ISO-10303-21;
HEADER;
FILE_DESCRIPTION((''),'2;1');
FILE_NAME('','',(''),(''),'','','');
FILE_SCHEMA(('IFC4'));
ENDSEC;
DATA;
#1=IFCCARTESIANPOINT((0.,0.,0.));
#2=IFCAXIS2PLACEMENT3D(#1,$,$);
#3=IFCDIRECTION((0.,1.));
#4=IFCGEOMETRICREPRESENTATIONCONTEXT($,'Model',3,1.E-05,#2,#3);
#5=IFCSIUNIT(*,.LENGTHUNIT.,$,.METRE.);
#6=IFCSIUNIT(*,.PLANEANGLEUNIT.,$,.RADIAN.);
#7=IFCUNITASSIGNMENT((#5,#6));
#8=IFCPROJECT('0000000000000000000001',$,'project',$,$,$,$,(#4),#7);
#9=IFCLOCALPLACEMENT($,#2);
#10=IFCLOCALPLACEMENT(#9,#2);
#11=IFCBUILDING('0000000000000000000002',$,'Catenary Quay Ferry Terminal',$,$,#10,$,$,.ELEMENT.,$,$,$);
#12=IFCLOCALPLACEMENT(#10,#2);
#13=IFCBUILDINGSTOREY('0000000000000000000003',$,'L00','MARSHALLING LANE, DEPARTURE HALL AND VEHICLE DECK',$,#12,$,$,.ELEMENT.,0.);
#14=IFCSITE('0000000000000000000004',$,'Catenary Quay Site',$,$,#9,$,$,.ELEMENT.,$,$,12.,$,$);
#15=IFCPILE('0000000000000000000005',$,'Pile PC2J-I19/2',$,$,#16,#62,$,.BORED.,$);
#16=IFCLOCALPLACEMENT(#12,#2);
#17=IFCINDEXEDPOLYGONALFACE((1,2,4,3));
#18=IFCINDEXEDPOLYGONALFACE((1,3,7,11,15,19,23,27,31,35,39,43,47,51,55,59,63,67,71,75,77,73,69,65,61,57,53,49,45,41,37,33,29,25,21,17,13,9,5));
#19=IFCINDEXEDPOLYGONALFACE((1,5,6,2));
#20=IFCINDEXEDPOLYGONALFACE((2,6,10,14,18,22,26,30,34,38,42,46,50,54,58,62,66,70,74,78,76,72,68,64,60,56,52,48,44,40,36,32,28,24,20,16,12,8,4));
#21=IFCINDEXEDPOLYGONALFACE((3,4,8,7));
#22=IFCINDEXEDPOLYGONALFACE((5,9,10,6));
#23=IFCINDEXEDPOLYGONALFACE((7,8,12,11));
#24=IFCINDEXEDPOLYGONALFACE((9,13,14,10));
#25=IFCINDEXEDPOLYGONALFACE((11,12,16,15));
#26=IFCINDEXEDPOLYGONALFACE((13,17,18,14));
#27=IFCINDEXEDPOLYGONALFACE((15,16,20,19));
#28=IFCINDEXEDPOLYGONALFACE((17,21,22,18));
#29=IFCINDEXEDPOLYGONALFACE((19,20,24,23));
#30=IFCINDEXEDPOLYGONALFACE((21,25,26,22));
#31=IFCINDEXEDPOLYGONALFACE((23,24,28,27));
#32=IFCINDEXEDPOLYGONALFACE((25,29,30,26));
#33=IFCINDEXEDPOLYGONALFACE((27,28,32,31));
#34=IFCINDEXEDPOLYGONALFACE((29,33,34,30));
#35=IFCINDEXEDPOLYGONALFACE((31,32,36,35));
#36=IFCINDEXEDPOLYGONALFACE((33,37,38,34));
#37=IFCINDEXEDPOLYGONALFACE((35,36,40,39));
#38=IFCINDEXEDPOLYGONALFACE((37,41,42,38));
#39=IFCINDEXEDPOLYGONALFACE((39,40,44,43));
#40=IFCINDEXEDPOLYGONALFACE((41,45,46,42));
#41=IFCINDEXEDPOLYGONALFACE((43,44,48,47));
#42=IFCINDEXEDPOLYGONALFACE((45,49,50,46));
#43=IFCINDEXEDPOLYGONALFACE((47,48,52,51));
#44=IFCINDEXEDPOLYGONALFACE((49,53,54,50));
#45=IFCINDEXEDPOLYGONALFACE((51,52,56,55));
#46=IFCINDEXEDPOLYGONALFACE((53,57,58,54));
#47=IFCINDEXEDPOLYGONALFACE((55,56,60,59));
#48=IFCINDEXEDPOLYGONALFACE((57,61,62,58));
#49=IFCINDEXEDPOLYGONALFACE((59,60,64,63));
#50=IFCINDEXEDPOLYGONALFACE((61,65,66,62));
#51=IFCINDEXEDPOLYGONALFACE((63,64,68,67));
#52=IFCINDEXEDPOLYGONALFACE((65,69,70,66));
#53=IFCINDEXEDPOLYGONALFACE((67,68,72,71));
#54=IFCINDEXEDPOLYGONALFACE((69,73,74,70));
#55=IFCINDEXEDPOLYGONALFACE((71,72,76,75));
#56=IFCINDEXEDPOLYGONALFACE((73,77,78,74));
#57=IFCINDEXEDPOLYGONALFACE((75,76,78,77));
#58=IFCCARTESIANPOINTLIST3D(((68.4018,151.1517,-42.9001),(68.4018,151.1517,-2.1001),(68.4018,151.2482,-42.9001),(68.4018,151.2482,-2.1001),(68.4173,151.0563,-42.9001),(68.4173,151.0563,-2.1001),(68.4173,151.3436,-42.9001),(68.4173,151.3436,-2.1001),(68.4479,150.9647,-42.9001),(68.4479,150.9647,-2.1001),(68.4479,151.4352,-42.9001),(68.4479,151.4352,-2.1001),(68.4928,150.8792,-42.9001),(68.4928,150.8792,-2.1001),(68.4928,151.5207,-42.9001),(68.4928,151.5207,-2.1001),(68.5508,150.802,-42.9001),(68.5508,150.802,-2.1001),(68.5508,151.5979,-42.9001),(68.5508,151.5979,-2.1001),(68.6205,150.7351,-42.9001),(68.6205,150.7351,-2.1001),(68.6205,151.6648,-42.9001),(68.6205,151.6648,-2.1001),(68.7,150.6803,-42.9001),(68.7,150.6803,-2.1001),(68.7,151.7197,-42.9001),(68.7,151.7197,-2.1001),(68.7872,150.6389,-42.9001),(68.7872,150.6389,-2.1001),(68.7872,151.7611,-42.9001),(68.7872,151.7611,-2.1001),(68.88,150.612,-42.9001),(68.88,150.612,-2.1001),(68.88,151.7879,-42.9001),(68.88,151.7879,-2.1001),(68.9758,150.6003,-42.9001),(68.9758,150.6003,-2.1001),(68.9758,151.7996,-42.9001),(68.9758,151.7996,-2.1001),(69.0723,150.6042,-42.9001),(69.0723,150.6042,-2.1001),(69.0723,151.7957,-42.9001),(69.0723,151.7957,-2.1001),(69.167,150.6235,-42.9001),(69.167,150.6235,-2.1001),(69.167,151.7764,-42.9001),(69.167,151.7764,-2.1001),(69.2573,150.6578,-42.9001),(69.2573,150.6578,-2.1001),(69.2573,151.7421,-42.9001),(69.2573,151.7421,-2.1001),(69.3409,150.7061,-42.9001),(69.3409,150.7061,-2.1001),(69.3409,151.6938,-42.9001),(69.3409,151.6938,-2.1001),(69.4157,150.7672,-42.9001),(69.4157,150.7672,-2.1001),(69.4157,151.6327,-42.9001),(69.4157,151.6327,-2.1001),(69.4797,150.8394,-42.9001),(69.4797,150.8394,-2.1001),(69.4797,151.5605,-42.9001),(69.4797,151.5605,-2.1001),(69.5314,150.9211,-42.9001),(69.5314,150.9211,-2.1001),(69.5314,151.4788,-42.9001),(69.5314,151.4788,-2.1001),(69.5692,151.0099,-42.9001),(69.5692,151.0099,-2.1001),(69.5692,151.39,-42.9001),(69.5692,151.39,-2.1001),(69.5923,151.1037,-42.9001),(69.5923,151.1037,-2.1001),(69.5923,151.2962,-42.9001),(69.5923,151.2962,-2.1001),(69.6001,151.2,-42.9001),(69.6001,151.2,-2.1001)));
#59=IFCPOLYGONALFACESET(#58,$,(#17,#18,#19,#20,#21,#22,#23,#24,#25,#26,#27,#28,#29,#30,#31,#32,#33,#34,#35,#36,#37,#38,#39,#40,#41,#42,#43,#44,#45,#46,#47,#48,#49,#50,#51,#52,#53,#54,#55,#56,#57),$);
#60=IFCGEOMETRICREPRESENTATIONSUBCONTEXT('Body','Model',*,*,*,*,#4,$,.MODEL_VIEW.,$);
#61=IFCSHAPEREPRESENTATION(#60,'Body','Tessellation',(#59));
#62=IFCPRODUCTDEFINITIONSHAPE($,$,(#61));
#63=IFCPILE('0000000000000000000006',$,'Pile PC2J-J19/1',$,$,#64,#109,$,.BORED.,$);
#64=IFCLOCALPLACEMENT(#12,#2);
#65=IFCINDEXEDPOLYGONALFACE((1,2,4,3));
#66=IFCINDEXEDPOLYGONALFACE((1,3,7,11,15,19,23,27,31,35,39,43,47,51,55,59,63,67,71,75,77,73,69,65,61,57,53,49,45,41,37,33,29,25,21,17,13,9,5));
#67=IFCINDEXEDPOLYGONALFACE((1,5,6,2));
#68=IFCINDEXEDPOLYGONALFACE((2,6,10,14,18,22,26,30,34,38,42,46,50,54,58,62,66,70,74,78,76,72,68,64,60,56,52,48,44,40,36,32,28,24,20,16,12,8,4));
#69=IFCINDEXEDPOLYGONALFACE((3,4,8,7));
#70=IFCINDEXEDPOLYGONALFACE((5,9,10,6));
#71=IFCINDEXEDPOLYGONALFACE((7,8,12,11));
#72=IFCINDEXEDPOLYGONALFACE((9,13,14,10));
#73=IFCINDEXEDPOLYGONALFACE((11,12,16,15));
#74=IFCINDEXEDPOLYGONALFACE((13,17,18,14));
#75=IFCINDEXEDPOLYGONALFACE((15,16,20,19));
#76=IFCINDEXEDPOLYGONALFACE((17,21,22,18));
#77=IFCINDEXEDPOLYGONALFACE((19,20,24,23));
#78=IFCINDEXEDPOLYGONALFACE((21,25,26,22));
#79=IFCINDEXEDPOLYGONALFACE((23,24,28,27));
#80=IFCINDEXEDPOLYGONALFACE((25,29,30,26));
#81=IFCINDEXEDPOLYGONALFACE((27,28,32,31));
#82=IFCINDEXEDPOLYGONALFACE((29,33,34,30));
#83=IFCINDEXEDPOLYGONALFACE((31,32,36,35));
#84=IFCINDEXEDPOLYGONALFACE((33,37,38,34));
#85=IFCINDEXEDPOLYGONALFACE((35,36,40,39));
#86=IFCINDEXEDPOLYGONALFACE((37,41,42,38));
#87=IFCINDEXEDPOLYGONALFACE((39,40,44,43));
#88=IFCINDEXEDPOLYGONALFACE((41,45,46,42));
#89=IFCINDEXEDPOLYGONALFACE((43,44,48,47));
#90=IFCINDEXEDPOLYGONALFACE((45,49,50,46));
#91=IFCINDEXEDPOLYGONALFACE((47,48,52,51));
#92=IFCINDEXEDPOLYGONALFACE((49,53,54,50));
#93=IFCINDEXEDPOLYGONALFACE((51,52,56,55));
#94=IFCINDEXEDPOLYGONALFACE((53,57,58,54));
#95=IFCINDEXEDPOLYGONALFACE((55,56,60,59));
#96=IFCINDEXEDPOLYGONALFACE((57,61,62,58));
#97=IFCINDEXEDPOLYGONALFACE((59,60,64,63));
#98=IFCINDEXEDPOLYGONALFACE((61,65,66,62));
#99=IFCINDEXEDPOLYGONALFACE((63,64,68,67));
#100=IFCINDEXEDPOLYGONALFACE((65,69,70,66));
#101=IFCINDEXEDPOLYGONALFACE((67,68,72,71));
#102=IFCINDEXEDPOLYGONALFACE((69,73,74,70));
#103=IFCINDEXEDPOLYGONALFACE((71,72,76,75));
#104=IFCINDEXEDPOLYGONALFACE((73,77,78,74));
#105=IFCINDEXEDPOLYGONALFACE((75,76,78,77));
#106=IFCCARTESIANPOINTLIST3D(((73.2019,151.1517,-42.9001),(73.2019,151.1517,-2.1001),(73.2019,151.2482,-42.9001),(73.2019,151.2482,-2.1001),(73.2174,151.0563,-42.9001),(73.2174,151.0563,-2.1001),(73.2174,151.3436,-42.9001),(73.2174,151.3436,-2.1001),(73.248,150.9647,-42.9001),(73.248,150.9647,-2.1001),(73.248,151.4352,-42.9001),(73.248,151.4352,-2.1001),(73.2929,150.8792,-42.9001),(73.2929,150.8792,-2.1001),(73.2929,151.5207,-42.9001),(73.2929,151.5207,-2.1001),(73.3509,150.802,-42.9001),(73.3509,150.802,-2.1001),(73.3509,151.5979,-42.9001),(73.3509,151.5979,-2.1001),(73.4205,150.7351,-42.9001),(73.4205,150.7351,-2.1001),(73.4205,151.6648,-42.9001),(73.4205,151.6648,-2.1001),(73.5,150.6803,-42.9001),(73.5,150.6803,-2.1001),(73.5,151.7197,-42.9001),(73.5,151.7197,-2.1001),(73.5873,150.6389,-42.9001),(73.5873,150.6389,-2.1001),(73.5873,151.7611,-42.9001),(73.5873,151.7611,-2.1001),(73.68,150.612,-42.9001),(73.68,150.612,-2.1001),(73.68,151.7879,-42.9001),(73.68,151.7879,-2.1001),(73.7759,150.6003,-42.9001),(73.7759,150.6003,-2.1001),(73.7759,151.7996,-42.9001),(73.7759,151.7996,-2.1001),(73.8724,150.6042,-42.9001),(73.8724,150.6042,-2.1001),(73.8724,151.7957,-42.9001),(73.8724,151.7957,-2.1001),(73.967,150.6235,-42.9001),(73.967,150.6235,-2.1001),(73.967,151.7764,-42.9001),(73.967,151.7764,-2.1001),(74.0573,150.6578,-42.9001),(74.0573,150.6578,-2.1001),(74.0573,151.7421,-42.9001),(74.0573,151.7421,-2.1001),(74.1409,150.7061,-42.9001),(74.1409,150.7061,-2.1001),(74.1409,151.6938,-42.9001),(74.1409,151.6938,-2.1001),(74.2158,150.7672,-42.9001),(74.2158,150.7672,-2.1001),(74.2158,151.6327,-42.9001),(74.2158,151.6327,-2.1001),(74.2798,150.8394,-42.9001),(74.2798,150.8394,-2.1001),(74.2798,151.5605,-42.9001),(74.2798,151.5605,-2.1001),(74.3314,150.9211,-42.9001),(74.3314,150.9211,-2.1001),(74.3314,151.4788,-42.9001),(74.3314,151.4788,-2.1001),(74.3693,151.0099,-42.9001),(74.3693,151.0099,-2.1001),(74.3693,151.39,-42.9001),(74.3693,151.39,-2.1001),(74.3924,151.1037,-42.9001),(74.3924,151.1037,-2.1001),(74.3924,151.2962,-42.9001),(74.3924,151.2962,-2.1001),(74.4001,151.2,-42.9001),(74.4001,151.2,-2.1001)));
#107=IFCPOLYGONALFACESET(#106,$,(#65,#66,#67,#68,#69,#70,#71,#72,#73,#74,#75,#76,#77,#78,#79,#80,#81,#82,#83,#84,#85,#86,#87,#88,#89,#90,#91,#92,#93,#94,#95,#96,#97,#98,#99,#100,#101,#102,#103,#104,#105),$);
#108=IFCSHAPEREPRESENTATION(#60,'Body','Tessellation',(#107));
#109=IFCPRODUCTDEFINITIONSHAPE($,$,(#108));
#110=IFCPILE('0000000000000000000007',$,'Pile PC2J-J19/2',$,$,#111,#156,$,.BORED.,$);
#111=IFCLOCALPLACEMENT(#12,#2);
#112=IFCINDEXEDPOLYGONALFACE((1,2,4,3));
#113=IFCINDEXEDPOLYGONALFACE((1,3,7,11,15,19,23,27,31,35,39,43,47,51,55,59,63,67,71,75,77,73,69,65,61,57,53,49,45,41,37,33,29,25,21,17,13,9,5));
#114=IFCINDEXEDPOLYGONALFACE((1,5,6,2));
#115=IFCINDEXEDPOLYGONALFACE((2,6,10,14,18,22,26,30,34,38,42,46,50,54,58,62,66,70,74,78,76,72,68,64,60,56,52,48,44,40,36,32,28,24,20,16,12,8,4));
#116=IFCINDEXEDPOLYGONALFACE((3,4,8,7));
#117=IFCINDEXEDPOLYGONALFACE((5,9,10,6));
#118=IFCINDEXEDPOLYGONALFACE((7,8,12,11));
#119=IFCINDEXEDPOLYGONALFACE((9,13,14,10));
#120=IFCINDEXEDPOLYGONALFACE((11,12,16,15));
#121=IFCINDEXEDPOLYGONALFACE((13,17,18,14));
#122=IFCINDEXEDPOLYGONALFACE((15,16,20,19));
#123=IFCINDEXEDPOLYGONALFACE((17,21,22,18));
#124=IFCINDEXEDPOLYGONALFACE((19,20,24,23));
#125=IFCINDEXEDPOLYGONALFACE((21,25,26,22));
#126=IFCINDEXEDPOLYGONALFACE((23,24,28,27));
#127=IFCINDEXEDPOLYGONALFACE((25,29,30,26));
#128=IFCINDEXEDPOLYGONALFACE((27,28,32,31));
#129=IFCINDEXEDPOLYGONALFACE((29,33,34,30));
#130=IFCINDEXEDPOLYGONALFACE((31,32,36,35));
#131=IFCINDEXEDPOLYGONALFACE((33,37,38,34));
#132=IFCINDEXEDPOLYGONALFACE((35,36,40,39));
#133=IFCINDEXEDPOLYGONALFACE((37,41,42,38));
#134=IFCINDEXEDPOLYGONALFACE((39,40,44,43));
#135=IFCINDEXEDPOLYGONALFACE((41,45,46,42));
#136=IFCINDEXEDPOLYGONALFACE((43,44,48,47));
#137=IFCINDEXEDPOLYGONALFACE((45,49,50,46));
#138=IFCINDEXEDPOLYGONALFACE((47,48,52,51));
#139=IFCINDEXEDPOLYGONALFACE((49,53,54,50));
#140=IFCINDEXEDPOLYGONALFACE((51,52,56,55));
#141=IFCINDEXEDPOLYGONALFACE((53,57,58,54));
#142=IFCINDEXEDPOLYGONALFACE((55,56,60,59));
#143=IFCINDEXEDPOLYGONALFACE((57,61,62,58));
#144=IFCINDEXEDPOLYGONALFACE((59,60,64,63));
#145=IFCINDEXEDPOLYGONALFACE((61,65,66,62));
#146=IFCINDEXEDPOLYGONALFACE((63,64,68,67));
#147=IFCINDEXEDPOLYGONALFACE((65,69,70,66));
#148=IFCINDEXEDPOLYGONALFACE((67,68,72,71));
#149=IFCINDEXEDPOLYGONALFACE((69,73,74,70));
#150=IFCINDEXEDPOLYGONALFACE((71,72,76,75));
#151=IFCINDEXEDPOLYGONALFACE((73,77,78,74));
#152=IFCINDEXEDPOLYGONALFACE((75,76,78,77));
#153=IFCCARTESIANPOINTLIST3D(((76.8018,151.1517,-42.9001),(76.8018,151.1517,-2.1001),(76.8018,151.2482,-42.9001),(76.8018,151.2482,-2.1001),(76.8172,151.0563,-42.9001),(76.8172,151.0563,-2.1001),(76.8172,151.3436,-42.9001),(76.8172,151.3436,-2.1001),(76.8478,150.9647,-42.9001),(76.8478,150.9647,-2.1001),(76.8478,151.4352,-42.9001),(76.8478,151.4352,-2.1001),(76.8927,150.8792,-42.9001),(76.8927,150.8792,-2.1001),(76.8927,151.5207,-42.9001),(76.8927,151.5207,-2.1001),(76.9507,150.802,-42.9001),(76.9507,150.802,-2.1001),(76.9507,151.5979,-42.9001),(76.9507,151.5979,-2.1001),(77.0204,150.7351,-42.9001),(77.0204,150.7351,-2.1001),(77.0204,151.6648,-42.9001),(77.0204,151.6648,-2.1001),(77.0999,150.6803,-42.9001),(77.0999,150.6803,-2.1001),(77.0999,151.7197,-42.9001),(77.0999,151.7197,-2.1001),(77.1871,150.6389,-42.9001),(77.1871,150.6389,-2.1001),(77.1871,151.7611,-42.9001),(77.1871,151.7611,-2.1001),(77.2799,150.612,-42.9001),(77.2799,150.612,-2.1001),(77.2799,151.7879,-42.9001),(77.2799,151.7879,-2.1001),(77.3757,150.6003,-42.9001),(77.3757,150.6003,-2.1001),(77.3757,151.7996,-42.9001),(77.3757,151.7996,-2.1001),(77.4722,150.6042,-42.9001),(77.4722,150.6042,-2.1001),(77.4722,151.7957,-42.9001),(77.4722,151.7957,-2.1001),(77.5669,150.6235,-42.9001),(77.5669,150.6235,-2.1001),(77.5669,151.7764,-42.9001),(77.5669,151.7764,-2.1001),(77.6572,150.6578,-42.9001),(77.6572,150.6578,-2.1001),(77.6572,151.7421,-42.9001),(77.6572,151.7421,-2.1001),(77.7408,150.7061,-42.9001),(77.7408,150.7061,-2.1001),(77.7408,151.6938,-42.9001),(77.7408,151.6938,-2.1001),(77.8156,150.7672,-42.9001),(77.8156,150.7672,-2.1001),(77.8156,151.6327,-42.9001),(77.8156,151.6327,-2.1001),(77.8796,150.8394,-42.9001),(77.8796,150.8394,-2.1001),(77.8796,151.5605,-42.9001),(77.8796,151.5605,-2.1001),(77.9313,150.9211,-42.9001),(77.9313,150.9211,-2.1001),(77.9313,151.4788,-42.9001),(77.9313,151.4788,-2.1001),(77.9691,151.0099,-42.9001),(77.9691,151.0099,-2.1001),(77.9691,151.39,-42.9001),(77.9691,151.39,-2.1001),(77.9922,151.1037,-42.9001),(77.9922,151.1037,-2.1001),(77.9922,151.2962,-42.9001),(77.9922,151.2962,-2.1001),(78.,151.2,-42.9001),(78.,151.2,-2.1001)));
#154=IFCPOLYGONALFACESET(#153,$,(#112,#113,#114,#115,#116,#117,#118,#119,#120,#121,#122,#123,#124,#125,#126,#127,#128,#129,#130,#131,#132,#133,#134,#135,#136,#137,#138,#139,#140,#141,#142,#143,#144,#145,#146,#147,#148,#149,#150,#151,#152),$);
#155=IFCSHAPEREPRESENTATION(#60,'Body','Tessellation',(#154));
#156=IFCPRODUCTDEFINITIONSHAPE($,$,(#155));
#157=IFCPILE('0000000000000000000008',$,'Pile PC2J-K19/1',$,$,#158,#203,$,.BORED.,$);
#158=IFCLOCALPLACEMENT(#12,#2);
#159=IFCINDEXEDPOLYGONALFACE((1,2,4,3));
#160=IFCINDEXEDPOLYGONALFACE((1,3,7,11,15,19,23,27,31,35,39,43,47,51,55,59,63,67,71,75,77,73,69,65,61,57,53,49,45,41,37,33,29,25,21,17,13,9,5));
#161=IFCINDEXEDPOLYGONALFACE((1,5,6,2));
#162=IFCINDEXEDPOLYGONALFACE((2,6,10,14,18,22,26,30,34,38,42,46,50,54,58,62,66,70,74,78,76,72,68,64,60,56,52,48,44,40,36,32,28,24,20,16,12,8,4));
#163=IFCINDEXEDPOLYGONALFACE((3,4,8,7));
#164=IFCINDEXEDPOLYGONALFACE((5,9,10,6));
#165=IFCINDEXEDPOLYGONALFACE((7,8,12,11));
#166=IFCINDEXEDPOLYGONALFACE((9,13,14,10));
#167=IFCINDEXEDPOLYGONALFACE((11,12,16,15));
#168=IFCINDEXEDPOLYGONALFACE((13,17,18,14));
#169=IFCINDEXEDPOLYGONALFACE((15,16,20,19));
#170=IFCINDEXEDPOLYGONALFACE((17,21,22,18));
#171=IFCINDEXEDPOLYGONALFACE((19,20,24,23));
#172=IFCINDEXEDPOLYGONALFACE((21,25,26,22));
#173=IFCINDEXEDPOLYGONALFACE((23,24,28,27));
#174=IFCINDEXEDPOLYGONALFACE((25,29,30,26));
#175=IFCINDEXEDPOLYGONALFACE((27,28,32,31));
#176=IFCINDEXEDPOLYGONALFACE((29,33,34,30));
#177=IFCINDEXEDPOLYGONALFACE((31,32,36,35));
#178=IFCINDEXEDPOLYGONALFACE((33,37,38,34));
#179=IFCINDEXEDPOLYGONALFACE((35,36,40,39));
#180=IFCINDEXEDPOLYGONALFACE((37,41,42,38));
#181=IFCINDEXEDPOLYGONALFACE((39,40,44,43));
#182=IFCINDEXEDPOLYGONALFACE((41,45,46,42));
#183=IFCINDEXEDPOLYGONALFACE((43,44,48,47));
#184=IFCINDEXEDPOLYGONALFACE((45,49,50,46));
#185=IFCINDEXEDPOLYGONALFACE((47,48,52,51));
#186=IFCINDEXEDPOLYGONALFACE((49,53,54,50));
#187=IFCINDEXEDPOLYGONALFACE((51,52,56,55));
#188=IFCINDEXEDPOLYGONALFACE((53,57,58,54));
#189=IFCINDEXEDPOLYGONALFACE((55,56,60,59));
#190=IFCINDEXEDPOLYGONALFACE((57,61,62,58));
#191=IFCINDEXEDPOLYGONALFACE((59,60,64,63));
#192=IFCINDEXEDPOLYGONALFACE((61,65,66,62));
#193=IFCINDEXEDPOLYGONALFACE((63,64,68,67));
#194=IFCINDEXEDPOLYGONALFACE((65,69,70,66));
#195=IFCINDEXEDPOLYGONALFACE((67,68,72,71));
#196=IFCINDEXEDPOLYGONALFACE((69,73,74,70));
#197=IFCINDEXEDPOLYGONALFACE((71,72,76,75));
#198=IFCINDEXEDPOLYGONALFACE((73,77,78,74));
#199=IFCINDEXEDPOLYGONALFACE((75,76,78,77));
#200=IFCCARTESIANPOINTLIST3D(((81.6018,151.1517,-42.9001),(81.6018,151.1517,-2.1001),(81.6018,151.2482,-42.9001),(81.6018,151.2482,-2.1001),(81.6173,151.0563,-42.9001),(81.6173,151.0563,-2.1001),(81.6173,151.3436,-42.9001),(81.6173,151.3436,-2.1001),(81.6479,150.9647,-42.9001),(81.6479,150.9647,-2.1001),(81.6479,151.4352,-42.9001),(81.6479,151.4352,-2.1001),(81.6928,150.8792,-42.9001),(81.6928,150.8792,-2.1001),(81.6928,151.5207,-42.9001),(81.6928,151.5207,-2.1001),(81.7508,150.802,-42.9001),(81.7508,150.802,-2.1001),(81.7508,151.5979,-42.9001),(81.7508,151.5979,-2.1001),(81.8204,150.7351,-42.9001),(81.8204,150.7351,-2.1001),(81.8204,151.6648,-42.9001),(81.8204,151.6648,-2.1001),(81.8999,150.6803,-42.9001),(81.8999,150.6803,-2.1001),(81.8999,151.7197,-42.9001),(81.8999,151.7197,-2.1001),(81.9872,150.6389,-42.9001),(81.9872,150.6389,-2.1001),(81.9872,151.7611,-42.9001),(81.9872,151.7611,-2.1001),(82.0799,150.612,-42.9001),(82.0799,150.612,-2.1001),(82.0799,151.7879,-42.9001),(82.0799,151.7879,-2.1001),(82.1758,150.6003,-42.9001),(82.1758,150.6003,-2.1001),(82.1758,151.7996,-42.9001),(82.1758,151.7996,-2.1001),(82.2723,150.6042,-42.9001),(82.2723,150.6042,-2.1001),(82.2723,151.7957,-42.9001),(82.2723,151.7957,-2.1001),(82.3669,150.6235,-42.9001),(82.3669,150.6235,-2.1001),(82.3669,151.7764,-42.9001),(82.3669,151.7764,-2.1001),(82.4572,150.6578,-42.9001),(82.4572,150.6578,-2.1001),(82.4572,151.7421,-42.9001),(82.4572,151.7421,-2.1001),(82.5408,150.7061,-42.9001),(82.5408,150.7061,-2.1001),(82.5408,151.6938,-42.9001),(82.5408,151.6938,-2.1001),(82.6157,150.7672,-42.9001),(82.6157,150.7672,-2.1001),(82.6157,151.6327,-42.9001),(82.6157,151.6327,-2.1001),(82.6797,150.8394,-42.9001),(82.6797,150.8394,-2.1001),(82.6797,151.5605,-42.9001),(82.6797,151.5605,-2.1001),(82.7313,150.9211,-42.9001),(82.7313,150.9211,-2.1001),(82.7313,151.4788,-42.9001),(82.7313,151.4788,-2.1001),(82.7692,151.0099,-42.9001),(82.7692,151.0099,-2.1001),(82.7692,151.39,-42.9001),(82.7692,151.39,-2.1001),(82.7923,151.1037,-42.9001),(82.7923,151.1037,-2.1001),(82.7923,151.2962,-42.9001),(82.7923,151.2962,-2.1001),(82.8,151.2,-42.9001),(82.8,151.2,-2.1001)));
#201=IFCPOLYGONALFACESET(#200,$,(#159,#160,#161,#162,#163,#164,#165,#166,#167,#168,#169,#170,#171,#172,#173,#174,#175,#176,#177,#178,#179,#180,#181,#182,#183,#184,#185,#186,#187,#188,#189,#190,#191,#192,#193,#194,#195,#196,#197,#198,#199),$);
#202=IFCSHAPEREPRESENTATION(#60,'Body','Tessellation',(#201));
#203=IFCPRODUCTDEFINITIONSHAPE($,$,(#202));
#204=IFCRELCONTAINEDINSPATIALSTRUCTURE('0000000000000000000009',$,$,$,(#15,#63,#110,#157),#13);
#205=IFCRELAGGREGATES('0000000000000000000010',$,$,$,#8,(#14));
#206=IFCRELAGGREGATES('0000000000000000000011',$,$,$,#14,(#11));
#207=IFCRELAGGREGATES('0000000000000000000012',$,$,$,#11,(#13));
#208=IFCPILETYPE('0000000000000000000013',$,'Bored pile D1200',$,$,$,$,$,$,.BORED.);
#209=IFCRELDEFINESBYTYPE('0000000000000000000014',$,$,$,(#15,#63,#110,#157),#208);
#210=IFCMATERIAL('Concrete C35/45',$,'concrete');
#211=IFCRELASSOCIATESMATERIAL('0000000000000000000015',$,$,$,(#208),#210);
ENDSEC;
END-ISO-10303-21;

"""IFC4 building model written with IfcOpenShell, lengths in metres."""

from ifc_helpers import new_model, si_unit, direction, frame, origin, origin_2d, place, context, subcontext, project, spatial, circle, extrude, material, material_profile, profile_set, type_object, element, save


model = new_model("IFC4")

# Units and contexts
model_context = context("Model", 3, precision=1e-05, world=origin(), true_north=direction((0.0, 1.0)))
body_context = subcontext(model_context, "Body", "Model", "MODEL_VIEW")
ifc_project = project(units=[si_unit("LENGTHUNIT", "METRE"), si_unit("PLANEANGLEUNIT", "RADIAN")], contexts=[model_context])

# Site, building, storey
site_placement = place(None, origin())
site = spatial("IfcSite", under=ifc_project, at=site_placement, Name="Catenary Quay Site", CompositionType="ELEMENT", RefElevation=12.0)
building_placement = place(site_placement, origin())
building = spatial("IfcBuilding", under=site, at=building_placement, Name="Catenary Quay Ferry Terminal", CompositionType="ELEMENT")
storey_placement = place(building_placement, origin())
storey = spatial("IfcBuildingStorey", under=building, at=storey_placement, Name="L00", Description="MARSHALLING LANE, DEPARTURE HALL AND VEHICLE DECK", CompositionType="ELEMENT", Elevation=0.0)

# Piles
ifc_material_1 = material(Name="Concrete C35/45", Category="concrete")
ifc_material_profile = material_profile(ifc_material_1, circle(Radius=0.6001, at=origin_2d()), Name="D1200")
ifc_profile_set = profile_set([ifc_material_profile], Name="Concrete C35/45")
pile_type = type_object("IfcPileType", Name="Bored pile D1200", PredefinedType="BORED", material=ifc_profile_set)
for number, where, z_axis, x_axis, name in (
    (1, (69.0, 151.2, -2.1001), (0.0, 0.0, -1.0), (1.0, 0.0, 0.0), "Pile PC2J-I19/2"),
    (2, (73.8, 151.2, -2.1001), (0.0, 0.0, -1.0), (1.0, 0.0, 0.0), "Pile PC2J-J19/1"),
    (3, (77.3999, 151.2, -2.1001), (0.0, 0.0, -1.0), (1.0, 0.0, 0.0), "Pile PC2J-J19/2"),
    (4, (82.2, 151.2, -2.1001), (0.0, 0.0, -1.0), (1.0, 0.0, 0.0), "Pile PC2J-K19/1"),
):
    element("IfcPile", number, at=place(storey_placement, frame(where, z_axis=z_axis, x_axis=x_axis)), inside=storey, type_object=pile_type, Name=name, PredefinedType="BORED", context=body_context, shape_type="SweptSolid", body=[
        extrude(circle(Radius=0.6001, at=origin_2d()), origin(), (0.0, 0.0, 1.0), 40.8),
    ])

save(model, "model.ifc")
